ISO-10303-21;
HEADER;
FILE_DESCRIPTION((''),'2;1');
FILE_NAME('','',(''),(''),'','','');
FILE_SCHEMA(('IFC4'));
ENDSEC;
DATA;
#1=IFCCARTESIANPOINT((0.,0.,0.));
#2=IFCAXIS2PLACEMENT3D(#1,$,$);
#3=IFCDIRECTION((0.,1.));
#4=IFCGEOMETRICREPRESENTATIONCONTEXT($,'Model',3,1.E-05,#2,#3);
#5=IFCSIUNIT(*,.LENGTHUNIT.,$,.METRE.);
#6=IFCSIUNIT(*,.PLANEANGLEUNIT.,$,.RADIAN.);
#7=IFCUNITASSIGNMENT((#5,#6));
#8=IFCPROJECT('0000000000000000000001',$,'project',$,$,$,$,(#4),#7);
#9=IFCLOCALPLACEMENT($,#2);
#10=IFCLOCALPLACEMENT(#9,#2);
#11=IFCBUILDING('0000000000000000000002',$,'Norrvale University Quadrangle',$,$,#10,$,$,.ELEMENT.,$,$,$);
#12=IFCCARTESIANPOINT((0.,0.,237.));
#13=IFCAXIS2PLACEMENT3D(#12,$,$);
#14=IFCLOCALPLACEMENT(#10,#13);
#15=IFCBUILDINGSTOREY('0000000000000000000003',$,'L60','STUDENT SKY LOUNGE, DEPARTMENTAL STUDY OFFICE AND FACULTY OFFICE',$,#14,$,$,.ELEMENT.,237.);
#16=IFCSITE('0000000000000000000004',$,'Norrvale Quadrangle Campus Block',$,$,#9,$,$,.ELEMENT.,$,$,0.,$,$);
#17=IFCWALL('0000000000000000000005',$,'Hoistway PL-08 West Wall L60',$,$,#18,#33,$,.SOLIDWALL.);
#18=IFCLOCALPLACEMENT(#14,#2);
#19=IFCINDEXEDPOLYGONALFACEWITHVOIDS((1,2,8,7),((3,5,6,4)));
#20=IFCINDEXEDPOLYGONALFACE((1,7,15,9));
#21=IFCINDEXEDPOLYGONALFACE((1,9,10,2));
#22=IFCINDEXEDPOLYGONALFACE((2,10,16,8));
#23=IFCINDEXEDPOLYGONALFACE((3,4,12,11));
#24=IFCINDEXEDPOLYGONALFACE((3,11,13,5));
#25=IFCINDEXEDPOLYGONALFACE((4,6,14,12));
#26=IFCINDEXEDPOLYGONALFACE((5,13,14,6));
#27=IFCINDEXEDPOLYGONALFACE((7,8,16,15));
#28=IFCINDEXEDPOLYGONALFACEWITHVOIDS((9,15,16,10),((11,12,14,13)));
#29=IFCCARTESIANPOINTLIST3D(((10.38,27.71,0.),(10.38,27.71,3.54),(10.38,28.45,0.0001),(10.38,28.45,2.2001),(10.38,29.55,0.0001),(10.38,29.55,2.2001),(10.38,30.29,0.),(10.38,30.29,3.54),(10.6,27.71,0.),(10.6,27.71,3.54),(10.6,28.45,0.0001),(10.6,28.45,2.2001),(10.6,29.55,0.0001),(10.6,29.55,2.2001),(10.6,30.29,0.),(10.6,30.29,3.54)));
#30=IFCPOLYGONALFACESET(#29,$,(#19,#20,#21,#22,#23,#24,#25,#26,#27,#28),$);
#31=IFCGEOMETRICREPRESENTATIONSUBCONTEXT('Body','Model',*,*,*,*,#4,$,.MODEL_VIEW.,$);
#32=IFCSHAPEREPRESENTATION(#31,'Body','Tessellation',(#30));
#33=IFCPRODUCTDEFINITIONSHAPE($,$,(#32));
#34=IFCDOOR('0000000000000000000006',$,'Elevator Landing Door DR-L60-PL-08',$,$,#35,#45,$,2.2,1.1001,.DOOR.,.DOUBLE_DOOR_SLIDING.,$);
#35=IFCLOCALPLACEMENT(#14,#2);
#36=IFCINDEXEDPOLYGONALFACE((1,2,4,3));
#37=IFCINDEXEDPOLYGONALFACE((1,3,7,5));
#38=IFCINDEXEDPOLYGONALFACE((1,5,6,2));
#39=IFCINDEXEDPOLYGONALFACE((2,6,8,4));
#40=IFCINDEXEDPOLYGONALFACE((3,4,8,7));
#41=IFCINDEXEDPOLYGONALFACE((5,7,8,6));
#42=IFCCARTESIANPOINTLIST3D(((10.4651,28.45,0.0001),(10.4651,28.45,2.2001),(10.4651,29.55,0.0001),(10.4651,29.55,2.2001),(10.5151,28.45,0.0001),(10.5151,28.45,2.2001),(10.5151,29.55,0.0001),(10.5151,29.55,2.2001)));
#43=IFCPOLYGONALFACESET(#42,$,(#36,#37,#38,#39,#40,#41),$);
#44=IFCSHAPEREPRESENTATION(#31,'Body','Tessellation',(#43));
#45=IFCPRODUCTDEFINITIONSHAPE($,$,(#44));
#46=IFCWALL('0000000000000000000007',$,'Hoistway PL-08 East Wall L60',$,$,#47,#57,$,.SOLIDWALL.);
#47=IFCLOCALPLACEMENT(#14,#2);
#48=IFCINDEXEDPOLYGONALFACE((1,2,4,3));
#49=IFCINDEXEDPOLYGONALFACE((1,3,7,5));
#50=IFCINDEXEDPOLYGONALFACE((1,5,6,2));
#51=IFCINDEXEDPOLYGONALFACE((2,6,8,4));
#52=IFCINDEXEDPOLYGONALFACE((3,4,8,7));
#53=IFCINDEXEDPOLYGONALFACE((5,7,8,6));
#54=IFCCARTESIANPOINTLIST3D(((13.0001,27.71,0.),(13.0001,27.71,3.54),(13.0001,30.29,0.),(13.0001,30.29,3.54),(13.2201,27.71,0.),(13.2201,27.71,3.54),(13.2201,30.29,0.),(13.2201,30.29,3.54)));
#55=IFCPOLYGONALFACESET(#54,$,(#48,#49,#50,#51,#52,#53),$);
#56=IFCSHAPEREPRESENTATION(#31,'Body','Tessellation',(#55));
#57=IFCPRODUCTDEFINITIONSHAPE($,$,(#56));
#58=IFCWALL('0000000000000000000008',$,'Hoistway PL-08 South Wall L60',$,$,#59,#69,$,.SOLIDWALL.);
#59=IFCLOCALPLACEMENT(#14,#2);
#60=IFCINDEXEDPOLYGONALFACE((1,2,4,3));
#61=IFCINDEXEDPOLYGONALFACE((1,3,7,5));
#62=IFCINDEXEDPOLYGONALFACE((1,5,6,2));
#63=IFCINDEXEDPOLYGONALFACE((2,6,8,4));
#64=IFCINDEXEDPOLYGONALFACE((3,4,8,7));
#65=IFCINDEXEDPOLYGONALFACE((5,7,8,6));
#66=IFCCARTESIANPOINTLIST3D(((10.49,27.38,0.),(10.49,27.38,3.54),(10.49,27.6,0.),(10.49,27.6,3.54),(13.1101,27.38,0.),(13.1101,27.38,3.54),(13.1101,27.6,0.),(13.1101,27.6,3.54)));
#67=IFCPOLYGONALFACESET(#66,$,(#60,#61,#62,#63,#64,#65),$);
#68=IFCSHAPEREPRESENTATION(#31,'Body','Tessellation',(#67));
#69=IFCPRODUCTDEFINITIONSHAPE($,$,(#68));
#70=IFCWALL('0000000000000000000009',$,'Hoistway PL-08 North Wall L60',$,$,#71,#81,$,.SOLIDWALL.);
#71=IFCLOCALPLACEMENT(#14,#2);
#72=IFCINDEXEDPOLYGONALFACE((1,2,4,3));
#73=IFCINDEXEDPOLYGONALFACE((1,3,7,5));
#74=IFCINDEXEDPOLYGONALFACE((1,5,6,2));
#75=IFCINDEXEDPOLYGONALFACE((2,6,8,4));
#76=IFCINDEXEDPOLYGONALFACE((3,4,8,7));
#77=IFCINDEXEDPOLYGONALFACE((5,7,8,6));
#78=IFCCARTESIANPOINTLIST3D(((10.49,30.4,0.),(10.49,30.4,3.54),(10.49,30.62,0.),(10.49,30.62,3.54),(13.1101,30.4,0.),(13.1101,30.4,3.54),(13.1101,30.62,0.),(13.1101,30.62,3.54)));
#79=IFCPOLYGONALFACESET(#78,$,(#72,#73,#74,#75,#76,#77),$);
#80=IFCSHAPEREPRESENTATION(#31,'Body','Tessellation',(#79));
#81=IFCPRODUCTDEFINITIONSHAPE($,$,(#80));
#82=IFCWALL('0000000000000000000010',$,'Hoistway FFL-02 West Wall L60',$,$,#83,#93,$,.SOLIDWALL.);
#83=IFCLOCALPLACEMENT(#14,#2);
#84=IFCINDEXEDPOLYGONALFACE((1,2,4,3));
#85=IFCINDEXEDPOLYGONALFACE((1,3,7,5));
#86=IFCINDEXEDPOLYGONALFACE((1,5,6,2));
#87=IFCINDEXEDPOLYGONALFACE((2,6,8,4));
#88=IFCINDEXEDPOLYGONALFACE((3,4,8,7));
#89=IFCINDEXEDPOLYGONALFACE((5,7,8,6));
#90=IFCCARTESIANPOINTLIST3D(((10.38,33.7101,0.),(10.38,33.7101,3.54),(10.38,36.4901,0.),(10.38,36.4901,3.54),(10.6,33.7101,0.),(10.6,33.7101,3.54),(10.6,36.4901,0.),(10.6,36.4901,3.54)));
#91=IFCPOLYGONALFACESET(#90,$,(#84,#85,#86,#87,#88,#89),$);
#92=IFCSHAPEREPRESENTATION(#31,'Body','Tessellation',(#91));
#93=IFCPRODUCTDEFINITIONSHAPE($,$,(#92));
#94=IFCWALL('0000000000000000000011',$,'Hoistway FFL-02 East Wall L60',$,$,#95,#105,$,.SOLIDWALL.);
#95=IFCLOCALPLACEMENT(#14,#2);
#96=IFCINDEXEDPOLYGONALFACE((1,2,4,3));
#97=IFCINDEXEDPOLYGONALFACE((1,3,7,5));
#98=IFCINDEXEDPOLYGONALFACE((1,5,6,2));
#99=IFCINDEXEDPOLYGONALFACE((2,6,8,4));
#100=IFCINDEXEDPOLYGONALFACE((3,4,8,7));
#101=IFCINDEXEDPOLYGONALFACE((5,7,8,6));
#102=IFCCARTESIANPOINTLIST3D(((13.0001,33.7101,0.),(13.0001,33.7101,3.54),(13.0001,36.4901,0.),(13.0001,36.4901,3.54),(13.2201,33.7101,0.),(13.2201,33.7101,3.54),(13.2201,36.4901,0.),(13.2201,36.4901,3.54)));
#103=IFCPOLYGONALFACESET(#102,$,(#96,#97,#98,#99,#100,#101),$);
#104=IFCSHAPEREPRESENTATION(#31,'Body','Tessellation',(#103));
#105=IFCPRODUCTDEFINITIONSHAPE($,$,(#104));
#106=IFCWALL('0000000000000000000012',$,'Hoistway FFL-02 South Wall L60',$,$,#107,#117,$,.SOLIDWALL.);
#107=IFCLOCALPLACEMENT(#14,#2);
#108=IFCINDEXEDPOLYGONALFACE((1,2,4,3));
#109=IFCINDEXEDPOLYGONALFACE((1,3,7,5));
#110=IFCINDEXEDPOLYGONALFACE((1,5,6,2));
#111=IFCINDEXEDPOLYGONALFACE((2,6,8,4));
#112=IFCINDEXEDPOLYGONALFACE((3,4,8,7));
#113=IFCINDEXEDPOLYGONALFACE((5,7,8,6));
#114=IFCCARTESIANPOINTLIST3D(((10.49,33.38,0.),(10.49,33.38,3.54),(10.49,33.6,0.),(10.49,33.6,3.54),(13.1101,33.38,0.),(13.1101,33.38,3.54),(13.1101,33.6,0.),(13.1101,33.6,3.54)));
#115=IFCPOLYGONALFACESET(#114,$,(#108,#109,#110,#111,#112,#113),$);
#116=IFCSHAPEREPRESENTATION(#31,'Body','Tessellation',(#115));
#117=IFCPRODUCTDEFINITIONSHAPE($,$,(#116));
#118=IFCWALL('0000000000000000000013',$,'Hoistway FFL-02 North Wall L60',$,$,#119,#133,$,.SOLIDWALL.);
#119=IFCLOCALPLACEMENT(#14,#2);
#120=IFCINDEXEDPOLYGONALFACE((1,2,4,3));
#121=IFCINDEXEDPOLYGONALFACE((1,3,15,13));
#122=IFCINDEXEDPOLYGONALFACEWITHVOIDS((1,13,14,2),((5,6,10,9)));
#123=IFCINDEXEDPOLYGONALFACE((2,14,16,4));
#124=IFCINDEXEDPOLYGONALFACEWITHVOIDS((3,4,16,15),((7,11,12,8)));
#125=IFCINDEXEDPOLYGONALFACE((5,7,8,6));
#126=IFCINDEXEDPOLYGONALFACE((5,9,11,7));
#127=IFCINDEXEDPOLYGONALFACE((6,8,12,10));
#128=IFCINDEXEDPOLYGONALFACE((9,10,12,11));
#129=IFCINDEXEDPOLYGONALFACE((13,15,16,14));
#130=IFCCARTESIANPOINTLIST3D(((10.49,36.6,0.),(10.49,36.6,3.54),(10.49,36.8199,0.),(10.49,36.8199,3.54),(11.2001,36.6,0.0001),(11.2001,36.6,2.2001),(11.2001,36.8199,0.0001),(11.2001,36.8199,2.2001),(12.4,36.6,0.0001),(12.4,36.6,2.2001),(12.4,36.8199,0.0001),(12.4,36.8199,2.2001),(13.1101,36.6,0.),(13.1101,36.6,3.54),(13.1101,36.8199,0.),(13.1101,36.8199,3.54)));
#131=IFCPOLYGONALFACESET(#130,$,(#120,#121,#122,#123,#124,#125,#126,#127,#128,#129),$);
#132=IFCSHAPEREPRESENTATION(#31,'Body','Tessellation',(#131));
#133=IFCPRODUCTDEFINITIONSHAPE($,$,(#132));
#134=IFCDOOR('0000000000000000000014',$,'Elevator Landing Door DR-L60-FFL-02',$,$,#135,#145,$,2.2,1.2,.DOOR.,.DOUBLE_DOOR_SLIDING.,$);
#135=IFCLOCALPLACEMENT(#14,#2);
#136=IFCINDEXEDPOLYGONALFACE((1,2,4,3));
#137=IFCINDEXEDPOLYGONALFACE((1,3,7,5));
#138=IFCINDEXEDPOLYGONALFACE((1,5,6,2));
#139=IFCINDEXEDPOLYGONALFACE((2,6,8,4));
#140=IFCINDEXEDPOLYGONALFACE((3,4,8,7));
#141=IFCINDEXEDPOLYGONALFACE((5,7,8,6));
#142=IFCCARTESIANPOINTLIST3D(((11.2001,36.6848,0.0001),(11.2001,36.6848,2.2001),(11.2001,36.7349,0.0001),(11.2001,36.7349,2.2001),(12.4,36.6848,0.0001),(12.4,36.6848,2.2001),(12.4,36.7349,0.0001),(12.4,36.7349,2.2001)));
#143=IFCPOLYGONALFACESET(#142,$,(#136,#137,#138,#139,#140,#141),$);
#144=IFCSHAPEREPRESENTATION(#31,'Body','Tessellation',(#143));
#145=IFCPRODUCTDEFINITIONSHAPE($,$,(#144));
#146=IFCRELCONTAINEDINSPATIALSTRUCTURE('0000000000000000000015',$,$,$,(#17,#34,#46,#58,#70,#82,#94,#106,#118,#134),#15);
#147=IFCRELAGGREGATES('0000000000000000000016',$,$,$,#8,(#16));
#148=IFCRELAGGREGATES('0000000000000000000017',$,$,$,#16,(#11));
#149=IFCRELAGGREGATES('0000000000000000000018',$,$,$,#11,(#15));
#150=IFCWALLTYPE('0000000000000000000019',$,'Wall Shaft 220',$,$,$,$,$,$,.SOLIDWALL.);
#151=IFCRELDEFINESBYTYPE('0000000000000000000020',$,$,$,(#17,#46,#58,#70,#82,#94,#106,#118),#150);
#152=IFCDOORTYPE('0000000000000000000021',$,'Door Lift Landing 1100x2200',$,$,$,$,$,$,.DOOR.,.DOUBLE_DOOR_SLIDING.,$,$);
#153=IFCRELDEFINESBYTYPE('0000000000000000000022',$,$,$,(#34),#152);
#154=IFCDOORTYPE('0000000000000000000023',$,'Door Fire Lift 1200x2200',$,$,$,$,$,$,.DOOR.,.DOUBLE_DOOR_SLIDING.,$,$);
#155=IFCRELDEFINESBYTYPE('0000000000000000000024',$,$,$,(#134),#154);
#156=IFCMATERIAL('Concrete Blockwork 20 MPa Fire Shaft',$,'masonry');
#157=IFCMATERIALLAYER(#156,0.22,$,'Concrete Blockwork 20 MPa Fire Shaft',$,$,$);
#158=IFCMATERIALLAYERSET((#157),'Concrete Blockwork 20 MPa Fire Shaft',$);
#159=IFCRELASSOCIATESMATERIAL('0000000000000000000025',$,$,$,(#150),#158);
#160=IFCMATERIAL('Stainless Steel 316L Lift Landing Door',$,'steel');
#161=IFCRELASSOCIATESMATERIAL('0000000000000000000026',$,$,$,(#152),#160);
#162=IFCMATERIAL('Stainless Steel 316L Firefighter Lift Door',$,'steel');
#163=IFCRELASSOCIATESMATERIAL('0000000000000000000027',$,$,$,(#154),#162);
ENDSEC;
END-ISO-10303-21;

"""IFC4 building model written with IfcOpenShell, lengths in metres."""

from ifc_helpers import new_model, si_unit, direction, frame, frame_2d, origin, place, context, subcontext, project, spatial, rectangle, extrude, material, layer, layer_set, type_object, element, fill, save


model = new_model("IFC4")

# Units and contexts
model_context = context("Model", 3, precision=1e-05, world=origin(), true_north=direction((0.0, 1.0)))
body_context = subcontext(model_context, "Body", "Model", "MODEL_VIEW")
ifc_project = project(units=[si_unit("LENGTHUNIT", "METRE"), si_unit("PLANEANGLEUNIT", "RADIAN")], contexts=[model_context])

# Site, building, storey
site_placement = place(None, origin())
site = spatial("IfcSite", under=ifc_project, at=site_placement, Name="Norrvale Quadrangle Campus Block", CompositionType="ELEMENT", RefElevation=0.0)
building_placement = place(site_placement, origin())
building = spatial("IfcBuilding", under=site, at=building_placement, Name="Norrvale University Quadrangle", CompositionType="ELEMENT")
storey_placement = place(building_placement, frame((0.0, 0.0, 237.0)))
storey = spatial("IfcBuildingStorey", under=building, at=storey_placement, Name="L60", Description="STUDENT SKY LOUNGE, DEPARTMENTAL STUDY OFFICE AND FACULTY OFFICE", CompositionType="ELEMENT", Elevation=237.0)

# Shared definitions
ifc_material_1 = material(Name="Concrete Blockwork 20 MPa Fire Shaft", Category="masonry")
ifc_layer_1 = layer(ifc_material_1, 0.22, Name="Concrete Blockwork 20 MPa Fire Shaft")
ifc_layer_set_1 = layer_set([ifc_layer_1], Name="Concrete Blockwork 20 MPa Fire Shaft")
wall_type_1 = type_object("IfcWallType", Name="Wall Shaft 220", PredefinedType="SOLIDWALL", material=ifc_layer_set_1)

# Shared definitions
ifc_material_2 = material(Name="Stainless Steel 316L Lift Landing Door", Category="steel")
door_type_1 = type_object("IfcDoorType", Name="Door Lift Landing 1100x2200", OperationType="DOUBLE_DOOR_SLIDING", PredefinedType="DOOR", material=ifc_material_2)

# Wall, opening, door
wall_1_placement = place(storey_placement, frame((10.49, 27.71, 0.0), z_axis=(0.0, 0.0, 1.0), x_axis=(0.0, 1.0, 0.0)))
wall_1 = element("IfcWall", 1, at=wall_1_placement, inside=storey, type_object=wall_type_1, Name="Hoistway PL-08 West Wall L60", PredefinedType="SOLIDWALL", context=body_context, shape_type="SweptSolid", body=[
    extrude(rectangle(XDim=2.5801, YDim=0.22, at=frame_2d((1.29, 0.0))), origin(), (0.0, 0.0, 1.0), 3.54),
])
opening_1_placement = place(wall_1_placement, frame((0.74, 0.0, 0.0)))
opening_1 = element("IfcOpeningElement", 2, at=opening_1_placement, cuts=wall_1, PredefinedType="OPENING", context=body_context, shape_type="SweptSolid", body=[
    extrude(rectangle(XDim=1.1001, YDim=2.2, at=frame_2d((0.55, 1.1001))), frame((0.0, 0.1221, 0.0), z_axis=(0.0, -1.0, 0.0), x_axis=(1.0, 0.0, 0.0)), (0.0, 0.0, 1.0), 0.2439),
])
door_1_placement = place(opening_1_placement, origin())
door_1 = element("IfcDoor", 3, at=door_1_placement, inside=storey, type_object=door_type_1, Name="Elevator Landing Door DR-L60-PL-08", OperationType="DOUBLE_DOOR_SLIDING", OverallHeight=2.2, OverallWidth=1.1001, PredefinedType="DOOR", context=body_context, shape_type="SweptSolid", body=[
    extrude(rectangle(XDim=1.1001, YDim=2.2, at=frame_2d((0.55, 1.1001))), frame((0.0, 0.0249, 0.0), z_axis=(0.0, -1.0, 0.0), x_axis=(1.0, 0.0, 0.0)), (0.0, 0.0, 1.0), 0.05),
])
fill(opening_1, door_1)

# Walls
wall_2_placement = place(storey_placement, frame((13.1101, 27.71, 0.0), z_axis=(0.0, 0.0, 1.0), x_axis=(0.0, 1.0, 0.0)))
element("IfcWall", 4, at=wall_2_placement, inside=storey, type_object=wall_type_1, Name="Hoistway PL-08 East Wall L60", PredefinedType="SOLIDWALL", context=body_context, shape_type="SweptSolid", body=[
    extrude(rectangle(XDim=2.5801, YDim=0.22, at=frame_2d((1.29, 0.0))), origin(), (0.0, 0.0, 1.0), 3.54),
])
for number, where, z_axis, x_axis, name in (
    (5, (10.49, 27.49, 0.0), (0.0, 0.0, 1.0), (1.0, 0.0, 0.0), "Hoistway PL-08 South Wall L60"),
    (6, (10.49, 30.51, 0.0), (0.0, 0.0, 1.0), (1.0, 0.0, 0.0), "Hoistway PL-08 North Wall L60"),
):
    element("IfcWall", number, at=place(storey_placement, frame(where, z_axis=z_axis, x_axis=x_axis)), inside=storey, type_object=wall_type_1, Name=name, PredefinedType="SOLIDWALL", context=body_context, shape_type="SweptSolid", body=[
        extrude(rectangle(XDim=2.6201, YDim=0.22, at=frame_2d((1.3101, 0.0))), origin(), (0.0, 0.0, 1.0), 3.54),
    ])
for number, where, z_axis, x_axis, name in (
    (7, (10.49, 33.71, 0.0), (0.0, 0.0, 1.0), (0.0, 1.0, 0.0), "Hoistway FFL-02 West Wall L60"),
    (8, (13.1101, 33.71, 0.0), (0.0, 0.0, 1.0), (0.0, 1.0, 0.0), "Hoistway FFL-02 East Wall L60"),
):
    element("IfcWall", number, at=place(storey_placement, frame(where, z_axis=z_axis, x_axis=x_axis)), inside=storey, type_object=wall_type_1, Name=name, PredefinedType="SOLIDWALL", context=body_context, shape_type="SweptSolid", body=[
        extrude(rectangle(XDim=2.78, YDim=0.22, at=frame_2d((1.3901, 0.0))), origin(), (0.0, 0.0, 1.0), 3.54),
    ])
wall_3_placement = place(storey_placement, frame((10.49, 33.49, 0.0), z_axis=(0.0, 0.0, 1.0), x_axis=(1.0, 0.0, 0.0)))
element("IfcWall", 9, at=wall_3_placement, inside=storey, type_object=wall_type_1, Name="Hoistway FFL-02 South Wall L60", PredefinedType="SOLIDWALL", context=body_context, shape_type="SweptSolid", body=[
    extrude(rectangle(XDim=2.6201, YDim=0.22, at=frame_2d((1.3101, 0.0))), origin(), (0.0, 0.0, 1.0), 3.54),
])

# Wall, opening, door
wall_4_placement = place(storey_placement, frame((10.49, 36.71, 0.0), z_axis=(0.0, 0.0, 1.0), x_axis=(1.0, 0.0, 0.0)))
wall_4 = element("IfcWall", 10, at=wall_4_placement, inside=storey, type_object=wall_type_1, Name="Hoistway FFL-02 North Wall L60", PredefinedType="SOLIDWALL", context=body_context, shape_type="SweptSolid", body=[
    extrude(rectangle(XDim=2.6201, YDim=0.22, at=frame_2d((1.3101, 0.0))), origin(), (0.0, 0.0, 1.0), 3.54),
])
opening_2_placement = place(wall_4_placement, frame((0.71, 0.0, 0.0)))
opening_2 = element("IfcOpeningElement", 11, at=opening_2_placement, cuts=wall_4, PredefinedType="OPENING", context=body_context, shape_type="SweptSolid", body=[
    extrude(rectangle(XDim=1.2, YDim=2.2, at=frame_2d((0.6001, 1.1001))), frame((0.0, 0.1221, 0.0), z_axis=(0.0, -1.0, 0.0), x_axis=(1.0, 0.0, 0.0)), (0.0, 0.0, 1.0), 0.2439),
])
ifc_material_3 = material(Name="Stainless Steel 316L Firefighter Lift Door", Category="steel")
door_type_2 = type_object("IfcDoorType", Name="Door Fire Lift 1200x2200", OperationType="DOUBLE_DOOR_SLIDING", PredefinedType="DOOR", material=ifc_material_3)
door_2_placement = place(opening_2_placement, origin())
door_2 = element("IfcDoor", 12, at=door_2_placement, inside=storey, type_object=door_type_2, Name="Elevator Landing Door DR-L60-FFL-02", OperationType="DOUBLE_DOOR_SLIDING", OverallHeight=2.2, OverallWidth=1.2, PredefinedType="DOOR", context=body_context, shape_type="SweptSolid", body=[
    extrude(rectangle(XDim=1.2, YDim=2.2, at=frame_2d((0.6001, 1.1001))), frame((0.0, 0.0249, 0.0), z_axis=(0.0, -1.0, 0.0), x_axis=(1.0, 0.0, 0.0)), (0.0, 0.0, 1.0), 0.05),
])
fill(opening_2, door_2)

save(model, "model.ifc")
